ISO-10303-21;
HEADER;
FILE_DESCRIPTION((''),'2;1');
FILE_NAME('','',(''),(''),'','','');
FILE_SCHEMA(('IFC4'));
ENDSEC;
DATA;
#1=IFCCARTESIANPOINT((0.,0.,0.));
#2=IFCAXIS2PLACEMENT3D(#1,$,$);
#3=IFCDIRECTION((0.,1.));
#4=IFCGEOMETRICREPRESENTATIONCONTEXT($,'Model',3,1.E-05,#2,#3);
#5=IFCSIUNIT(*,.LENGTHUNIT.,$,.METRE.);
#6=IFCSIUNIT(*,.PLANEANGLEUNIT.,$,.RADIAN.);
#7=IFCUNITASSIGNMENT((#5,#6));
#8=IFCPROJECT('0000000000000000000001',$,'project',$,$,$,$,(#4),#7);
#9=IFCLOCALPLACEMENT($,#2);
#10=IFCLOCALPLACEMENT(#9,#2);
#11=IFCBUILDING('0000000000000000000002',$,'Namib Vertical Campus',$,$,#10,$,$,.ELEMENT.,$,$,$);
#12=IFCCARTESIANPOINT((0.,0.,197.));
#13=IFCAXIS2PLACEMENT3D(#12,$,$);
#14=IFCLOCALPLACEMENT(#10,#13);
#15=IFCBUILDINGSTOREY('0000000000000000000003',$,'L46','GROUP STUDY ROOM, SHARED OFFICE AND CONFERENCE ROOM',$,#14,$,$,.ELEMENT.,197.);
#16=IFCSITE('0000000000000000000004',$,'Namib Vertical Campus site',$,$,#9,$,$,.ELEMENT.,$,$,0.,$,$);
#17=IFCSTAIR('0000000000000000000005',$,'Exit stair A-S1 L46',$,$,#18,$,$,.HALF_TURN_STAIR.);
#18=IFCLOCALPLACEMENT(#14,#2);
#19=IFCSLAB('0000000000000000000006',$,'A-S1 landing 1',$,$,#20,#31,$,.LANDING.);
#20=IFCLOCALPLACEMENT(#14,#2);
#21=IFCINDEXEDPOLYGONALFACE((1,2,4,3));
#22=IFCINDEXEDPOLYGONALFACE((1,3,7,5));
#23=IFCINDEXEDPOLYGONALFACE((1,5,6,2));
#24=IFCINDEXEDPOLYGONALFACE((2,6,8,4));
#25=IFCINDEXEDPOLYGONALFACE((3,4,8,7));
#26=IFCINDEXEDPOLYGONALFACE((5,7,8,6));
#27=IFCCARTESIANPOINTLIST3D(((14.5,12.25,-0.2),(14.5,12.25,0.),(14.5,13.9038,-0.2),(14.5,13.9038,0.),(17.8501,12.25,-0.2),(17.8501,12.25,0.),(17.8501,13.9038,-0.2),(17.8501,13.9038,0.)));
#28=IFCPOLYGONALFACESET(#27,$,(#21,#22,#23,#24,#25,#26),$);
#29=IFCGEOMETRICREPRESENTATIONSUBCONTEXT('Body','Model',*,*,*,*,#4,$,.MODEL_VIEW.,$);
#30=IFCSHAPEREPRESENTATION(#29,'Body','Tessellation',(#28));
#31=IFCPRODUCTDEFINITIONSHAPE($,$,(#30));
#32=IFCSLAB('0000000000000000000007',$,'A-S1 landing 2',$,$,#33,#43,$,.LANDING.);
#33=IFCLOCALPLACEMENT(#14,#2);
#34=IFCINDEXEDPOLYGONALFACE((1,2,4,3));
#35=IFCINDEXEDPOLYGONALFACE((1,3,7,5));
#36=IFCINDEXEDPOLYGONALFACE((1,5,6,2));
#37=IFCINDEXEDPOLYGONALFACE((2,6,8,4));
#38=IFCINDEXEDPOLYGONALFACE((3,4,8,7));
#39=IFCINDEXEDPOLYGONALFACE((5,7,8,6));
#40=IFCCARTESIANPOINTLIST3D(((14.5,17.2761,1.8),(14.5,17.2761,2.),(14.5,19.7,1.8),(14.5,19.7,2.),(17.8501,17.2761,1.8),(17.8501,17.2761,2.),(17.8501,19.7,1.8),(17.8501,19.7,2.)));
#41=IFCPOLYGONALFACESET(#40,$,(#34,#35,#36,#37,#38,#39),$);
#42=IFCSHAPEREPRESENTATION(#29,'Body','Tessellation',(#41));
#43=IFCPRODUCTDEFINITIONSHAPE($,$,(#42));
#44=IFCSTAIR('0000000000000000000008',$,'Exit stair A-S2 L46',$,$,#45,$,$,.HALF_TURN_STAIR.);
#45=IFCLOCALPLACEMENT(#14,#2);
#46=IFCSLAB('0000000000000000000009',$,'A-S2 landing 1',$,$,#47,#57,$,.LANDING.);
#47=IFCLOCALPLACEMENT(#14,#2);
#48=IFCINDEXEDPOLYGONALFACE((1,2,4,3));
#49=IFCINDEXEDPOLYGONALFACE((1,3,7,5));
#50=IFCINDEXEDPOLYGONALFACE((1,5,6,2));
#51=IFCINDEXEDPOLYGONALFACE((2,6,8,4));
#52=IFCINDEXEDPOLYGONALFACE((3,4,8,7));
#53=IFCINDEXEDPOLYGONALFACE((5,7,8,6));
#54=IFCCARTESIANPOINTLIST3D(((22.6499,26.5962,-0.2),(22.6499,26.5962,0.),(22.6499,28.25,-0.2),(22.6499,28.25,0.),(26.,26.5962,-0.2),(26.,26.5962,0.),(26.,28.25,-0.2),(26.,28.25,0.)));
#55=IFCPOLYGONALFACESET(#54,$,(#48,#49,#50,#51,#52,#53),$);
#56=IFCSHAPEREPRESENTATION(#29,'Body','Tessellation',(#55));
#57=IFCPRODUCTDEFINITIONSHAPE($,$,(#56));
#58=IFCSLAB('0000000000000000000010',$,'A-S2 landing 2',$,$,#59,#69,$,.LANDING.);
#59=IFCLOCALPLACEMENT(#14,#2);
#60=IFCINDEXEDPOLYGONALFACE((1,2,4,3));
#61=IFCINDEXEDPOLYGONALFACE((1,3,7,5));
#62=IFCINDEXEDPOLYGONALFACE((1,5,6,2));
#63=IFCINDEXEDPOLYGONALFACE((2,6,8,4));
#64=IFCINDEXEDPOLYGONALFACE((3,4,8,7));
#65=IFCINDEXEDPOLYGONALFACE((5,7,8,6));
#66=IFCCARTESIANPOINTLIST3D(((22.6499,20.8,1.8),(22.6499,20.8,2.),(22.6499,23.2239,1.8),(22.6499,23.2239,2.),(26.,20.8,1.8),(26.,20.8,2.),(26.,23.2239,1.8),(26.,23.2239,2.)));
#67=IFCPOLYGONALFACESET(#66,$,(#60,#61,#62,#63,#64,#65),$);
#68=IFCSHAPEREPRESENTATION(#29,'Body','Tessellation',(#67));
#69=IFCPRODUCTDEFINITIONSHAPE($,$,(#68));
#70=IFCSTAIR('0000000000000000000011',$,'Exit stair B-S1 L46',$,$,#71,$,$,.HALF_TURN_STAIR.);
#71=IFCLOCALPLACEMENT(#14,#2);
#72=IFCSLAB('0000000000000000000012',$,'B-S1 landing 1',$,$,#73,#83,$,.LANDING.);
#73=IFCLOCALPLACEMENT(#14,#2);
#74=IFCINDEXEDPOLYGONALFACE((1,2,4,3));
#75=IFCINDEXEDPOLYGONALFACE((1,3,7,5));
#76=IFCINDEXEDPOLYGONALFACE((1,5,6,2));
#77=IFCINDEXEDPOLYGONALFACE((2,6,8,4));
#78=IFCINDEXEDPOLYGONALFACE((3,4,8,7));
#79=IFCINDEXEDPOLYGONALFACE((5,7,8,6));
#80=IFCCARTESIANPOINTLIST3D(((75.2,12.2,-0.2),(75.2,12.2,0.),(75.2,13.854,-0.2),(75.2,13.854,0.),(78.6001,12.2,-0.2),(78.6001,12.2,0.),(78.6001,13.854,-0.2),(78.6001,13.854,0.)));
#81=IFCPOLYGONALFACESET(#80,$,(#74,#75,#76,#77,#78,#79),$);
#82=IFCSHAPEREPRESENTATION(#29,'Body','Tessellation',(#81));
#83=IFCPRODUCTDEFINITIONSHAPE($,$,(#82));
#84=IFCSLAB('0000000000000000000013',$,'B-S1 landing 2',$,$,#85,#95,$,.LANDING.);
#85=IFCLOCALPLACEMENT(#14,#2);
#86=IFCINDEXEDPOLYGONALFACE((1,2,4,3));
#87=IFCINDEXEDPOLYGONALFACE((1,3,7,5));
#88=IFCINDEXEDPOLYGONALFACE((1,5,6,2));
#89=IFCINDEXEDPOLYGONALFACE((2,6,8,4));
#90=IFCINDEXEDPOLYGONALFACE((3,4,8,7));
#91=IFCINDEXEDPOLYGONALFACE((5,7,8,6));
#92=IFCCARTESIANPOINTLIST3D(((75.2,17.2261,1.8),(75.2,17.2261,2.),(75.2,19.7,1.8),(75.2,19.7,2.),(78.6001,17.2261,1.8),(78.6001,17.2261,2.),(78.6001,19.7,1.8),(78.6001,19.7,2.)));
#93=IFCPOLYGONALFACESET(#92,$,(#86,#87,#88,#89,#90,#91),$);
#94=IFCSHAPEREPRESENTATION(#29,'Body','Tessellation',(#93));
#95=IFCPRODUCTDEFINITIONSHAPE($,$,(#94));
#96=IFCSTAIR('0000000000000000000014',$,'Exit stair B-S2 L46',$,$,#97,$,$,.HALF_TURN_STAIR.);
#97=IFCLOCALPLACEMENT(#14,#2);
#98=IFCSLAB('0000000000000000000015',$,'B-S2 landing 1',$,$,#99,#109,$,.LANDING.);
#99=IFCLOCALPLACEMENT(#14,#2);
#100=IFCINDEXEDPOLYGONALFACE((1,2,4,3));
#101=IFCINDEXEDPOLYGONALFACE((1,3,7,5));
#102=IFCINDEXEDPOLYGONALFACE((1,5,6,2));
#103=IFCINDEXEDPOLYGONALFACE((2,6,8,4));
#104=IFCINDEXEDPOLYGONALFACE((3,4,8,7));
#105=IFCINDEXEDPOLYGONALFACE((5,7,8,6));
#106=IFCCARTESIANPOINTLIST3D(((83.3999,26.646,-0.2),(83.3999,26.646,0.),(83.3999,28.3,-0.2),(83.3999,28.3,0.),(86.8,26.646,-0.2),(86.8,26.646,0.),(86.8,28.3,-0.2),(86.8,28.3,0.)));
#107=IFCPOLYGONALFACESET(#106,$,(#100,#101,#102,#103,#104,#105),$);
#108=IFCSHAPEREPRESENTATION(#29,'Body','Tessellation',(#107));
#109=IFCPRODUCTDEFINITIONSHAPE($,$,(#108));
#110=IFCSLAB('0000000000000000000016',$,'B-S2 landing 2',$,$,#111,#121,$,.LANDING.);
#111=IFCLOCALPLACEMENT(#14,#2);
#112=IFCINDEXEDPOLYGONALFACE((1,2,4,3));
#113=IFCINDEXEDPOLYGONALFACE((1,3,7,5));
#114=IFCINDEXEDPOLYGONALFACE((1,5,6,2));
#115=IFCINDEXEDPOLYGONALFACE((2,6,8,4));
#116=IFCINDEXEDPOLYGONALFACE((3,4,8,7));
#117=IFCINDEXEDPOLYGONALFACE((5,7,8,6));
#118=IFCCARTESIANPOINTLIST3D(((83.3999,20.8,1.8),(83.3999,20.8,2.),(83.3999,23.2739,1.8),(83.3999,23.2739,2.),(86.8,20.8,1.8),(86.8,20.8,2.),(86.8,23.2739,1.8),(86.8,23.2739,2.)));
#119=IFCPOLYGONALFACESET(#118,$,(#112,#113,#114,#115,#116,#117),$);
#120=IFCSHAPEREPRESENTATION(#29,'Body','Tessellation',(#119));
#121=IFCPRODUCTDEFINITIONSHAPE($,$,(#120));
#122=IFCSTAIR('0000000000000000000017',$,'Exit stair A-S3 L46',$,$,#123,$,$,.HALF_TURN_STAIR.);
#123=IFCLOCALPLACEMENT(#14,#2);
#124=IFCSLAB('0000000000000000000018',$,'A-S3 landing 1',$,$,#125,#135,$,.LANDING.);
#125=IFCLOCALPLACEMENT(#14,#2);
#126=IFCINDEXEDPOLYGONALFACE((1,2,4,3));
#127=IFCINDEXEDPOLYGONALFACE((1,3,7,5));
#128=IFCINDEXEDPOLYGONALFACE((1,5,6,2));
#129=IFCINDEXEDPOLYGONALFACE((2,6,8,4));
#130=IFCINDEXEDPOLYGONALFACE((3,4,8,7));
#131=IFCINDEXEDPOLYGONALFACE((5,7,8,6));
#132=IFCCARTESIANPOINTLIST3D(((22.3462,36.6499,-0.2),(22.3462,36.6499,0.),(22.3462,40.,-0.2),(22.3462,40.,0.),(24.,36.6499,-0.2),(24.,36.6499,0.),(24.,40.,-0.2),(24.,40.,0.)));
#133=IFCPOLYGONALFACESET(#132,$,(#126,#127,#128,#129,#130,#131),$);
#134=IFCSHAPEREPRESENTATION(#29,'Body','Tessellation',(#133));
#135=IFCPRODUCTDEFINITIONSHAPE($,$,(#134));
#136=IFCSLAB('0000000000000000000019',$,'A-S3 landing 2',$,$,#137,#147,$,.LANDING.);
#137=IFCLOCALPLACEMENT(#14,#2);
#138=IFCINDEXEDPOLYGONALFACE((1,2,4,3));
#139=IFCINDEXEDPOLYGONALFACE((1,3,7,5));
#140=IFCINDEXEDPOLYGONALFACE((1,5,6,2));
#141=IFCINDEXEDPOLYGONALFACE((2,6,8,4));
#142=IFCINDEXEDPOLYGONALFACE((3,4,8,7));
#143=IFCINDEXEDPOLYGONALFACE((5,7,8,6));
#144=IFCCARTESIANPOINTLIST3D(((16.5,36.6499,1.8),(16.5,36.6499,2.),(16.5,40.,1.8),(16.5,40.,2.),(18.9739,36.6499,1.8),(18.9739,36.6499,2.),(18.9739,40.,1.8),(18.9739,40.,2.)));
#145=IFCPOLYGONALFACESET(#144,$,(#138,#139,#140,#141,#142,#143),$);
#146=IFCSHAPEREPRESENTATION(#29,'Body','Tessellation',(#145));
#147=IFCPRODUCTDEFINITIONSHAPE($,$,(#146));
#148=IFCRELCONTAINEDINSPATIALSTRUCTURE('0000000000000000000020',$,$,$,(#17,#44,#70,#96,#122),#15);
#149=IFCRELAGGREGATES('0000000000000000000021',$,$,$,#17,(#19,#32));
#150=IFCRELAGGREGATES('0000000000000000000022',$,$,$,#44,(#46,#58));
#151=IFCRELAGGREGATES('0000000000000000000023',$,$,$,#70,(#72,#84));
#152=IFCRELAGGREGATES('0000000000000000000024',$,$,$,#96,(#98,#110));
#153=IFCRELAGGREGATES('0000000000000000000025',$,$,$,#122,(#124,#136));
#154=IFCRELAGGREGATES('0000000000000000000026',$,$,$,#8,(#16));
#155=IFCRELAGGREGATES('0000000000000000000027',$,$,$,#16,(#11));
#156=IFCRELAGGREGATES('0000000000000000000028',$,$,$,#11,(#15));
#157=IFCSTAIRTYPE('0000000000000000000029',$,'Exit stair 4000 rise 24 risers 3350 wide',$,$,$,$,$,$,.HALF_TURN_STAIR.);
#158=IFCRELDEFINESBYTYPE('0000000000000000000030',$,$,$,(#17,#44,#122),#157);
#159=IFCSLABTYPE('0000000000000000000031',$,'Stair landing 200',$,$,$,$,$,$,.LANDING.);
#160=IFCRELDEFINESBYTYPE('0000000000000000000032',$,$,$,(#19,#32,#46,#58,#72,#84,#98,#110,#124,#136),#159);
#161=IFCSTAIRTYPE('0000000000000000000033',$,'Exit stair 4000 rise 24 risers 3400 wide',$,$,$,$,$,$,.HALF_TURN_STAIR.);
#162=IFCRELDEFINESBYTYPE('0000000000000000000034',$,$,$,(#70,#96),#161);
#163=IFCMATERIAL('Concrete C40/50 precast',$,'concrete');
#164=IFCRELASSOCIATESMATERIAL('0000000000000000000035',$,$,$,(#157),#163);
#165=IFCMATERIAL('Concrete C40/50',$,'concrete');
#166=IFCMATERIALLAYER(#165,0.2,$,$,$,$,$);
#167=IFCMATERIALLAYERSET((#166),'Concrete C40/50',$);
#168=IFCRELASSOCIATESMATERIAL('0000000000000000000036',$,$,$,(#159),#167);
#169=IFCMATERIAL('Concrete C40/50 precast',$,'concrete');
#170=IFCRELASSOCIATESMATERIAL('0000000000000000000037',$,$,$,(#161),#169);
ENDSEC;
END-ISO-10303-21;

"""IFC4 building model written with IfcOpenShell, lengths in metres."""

from ifc_helpers import new_model, si_unit, direction, frame, origin, place, context, subcontext, project, spatial, polyline, outline, extrude, material, layer, layer_set, type_object, element, aggregate, save


model = new_model("IFC4")

# Units and contexts
model_context = context("Model", 3, precision=1e-05, world=origin(), true_north=direction((0.0, 1.0)))
body_context = subcontext(model_context, "Body", "Model", "MODEL_VIEW")
ifc_project = project(units=[si_unit("LENGTHUNIT", "METRE"), si_unit("PLANEANGLEUNIT", "RADIAN")], contexts=[model_context])

# Site, building, storey
site_placement = place(None, origin())
site = spatial("IfcSite", under=ifc_project, at=site_placement, Name="Namib Vertical Campus site", CompositionType="ELEMENT", RefElevation=0.0)
building_placement = place(site_placement, origin())
building = spatial("IfcBuilding", under=site, at=building_placement, Name="Namib Vertical Campus", CompositionType="ELEMENT")
storey_placement = place(building_placement, frame((0.0, 0.0, 197.0)))
storey = spatial("IfcBuildingStorey", under=building, at=storey_placement, Name="L46", Description="GROUP STUDY ROOM, SHARED OFFICE AND CONFERENCE ROOM", CompositionType="ELEMENT", Elevation=197.0)

# Stairs, slabs
ifc_material_1 = material(Name="Concrete C40/50 precast", Category="concrete")
stair_type_1 = type_object("IfcStairType", Name="Exit stair 4000 rise 24 risers 3350 wide", PredefinedType="HALF_TURN_STAIR", material=ifc_material_1)
stair_1_placement = place(storey_placement, origin())
stair_1 = element("IfcStair", 1, at=stair_1_placement, inside=storey, type_object=stair_type_1, Name="Exit stair A-S1 L46", PredefinedType="HALF_TURN_STAIR")
ifc_material_2 = material(Name="Concrete C40/50", Category="concrete")
ifc_layer_1 = layer(ifc_material_2, 0.2)
ifc_layer_set_1 = layer_set([ifc_layer_1], Name="Concrete C40/50")
slab_type_1 = type_object("IfcSlabType", Name="Stair landing 200", PredefinedType="LANDING", material=ifc_layer_set_1)
slab_1_placement = place(storey_placement, frame((0.0, 0.0, -0.2)))
slab_1 = element("IfcSlab", 2, at=slab_1_placement, type_object=slab_type_1, Name="A-S1 landing 1", PredefinedType="LANDING", context=body_context, shape_type="SweptSolid", body=[
    extrude(outline(polyline([(14.5, 12.25), (17.8501, 12.25), (17.8501, 13.9038), (14.5, 13.9038), (14.5, 12.25)])), origin(), (0.0, 0.0, 1.0), 0.2),
])
slab_2_placement = place(storey_placement, frame((0.0, 0.0, 1.8)))
slab_2 = element("IfcSlab", 3, at=slab_2_placement, type_object=slab_type_1, Name="A-S1 landing 2", PredefinedType="LANDING", context=body_context, shape_type="SweptSolid", body=[
    extrude(outline(polyline([(14.5, 17.2761), (17.8501, 17.2761), (17.8501, 19.7), (14.5, 19.7), (14.5, 17.2761)])), origin(), (0.0, 0.0, 1.0), 0.2),
])
aggregate(stair_1, [slab_1, slab_2])
stair_2_placement = place(storey_placement, origin())
stair_2 = element("IfcStair", 4, at=stair_2_placement, inside=storey, type_object=stair_type_1, Name="Exit stair A-S2 L46", PredefinedType="HALF_TURN_STAIR")
slab_3_placement = place(storey_placement, frame((0.0, 0.0, -0.2)))
slab_3 = element("IfcSlab", 5, at=slab_3_placement, type_object=slab_type_1, Name="A-S2 landing 1", PredefinedType="LANDING", context=body_context, shape_type="SweptSolid", body=[
    extrude(outline(polyline([(22.6499, 26.5962), (26.0, 26.5962), (26.0, 28.25), (22.6499, 28.25), (22.6499, 26.5962)])), origin(), (0.0, 0.0, 1.0), 0.2),
])
slab_4_placement = place(storey_placement, frame((0.0, 0.0, 1.8)))
slab_4 = element("IfcSlab", 6, at=slab_4_placement, type_object=slab_type_1, Name="A-S2 landing 2", PredefinedType="LANDING", context=body_context, shape_type="SweptSolid", body=[
    extrude(outline(polyline([(22.6499, 20.8), (26.0, 20.8), (26.0, 23.2239), (22.6499, 23.2239), (22.6499, 20.8)])), origin(), (0.0, 0.0, 1.0), 0.2),
])
aggregate(stair_2, [slab_3, slab_4])
ifc_material_3 = material(Name="Concrete C40/50 precast", Category="concrete")
stair_type_2 = type_object("IfcStairType", Name="Exit stair 4000 rise 24 risers 3400 wide", PredefinedType="HALF_TURN_STAIR", material=ifc_material_3)
stair_3_placement = place(storey_placement, origin())
stair_3 = element("IfcStair", 7, at=stair_3_placement, inside=storey, type_object=stair_type_2, Name="Exit stair B-S1 L46", PredefinedType="HALF_TURN_STAIR")
slab_5_placement = place(storey_placement, frame((0.0, 0.0, -0.2)))
slab_5 = element("IfcSlab", 8, at=slab_5_placement, type_object=slab_type_1, Name="B-S1 landing 1", PredefinedType="LANDING", context=body_context, shape_type="SweptSolid", body=[
    extrude(outline(polyline([(75.2, 12.2), (78.6001, 12.2), (78.6001, 13.854), (75.2, 13.854), (75.2, 12.2)])), origin(), (0.0, 0.0, 1.0), 0.2),
])
slab_6_placement = place(storey_placement, frame((0.0, 0.0, 1.8)))
slab_6 = element("IfcSlab", 9, at=slab_6_placement, type_object=slab_type_1, Name="B-S1 landing 2", PredefinedType="LANDING", context=body_context, shape_type="SweptSolid", body=[
    extrude(outline(polyline([(75.2, 17.2261), (78.6001, 17.2261), (78.6001, 19.7), (75.2, 19.7), (75.2, 17.2261)])), origin(), (0.0, 0.0, 1.0), 0.2),
])
aggregate(stair_3, [slab_5, slab_6])
stair_4_placement = place(storey_placement, origin())
stair_4 = element("IfcStair", 10, at=stair_4_placement, inside=storey, type_object=stair_type_2, Name="Exit stair B-S2 L46", PredefinedType="HALF_TURN_STAIR")
slab_7_placement = place(storey_placement, frame((0.0, 0.0, -0.2)))
slab_7 = element("IfcSlab", 11, at=slab_7_placement, type_object=slab_type_1, Name="B-S2 landing 1", PredefinedType="LANDING", context=body_context, shape_type="SweptSolid", body=[
    extrude(outline(polyline([(83.3999, 26.646), (86.8, 26.646), (86.8, 28.3), (83.3999, 28.3), (83.3999, 26.646)])), origin(), (0.0, 0.0, 1.0), 0.2),
])
slab_8_placement = place(storey_placement, frame((0.0, 0.0, 1.8)))
slab_8 = element("IfcSlab", 12, at=slab_8_placement, type_object=slab_type_1, Name="B-S2 landing 2", PredefinedType="LANDING", context=body_context, shape_type="SweptSolid", body=[
    extrude(outline(polyline([(83.3999, 20.8), (86.8, 20.8), (86.8, 23.2739), (83.3999, 23.2739), (83.3999, 20.8)])), origin(), (0.0, 0.0, 1.0), 0.2),
])
aggregate(stair_4, [slab_7, slab_8])
stair_5_placement = place(storey_placement, origin())
stair_5 = element("IfcStair", 13, at=stair_5_placement, inside=storey, type_object=stair_type_1, Name="Exit stair A-S3 L46", PredefinedType="HALF_TURN_STAIR")
slab_9_placement = place(storey_placement, frame((0.0, 0.0, -0.2)))
slab_9 = element("IfcSlab", 14, at=slab_9_placement, type_object=slab_type_1, Name="A-S3 landing 1", PredefinedType="LANDING", context=body_context, shape_type="SweptSolid", body=[
    extrude(outline(polyline([(22.3462, 36.6499), (22.3462, 40.0), (24.0, 40.0), (24.0, 36.6499), (22.3462, 36.6499)])), origin(), (0.0, 0.0, 1.0), 0.2),
])
slab_10_placement = place(storey_placement, frame((0.0, 0.0, 1.8)))
slab_10 = element("IfcSlab", 15, at=slab_10_placement, type_object=slab_type_1, Name="A-S3 landing 2", PredefinedType="LANDING", context=body_context, shape_type="SweptSolid", body=[
    extrude(outline(polyline([(16.5, 36.6499), (16.5, 40.0), (18.9739, 40.0), (18.9739, 36.6499), (16.5, 36.6499)])), origin(), (0.0, 0.0, 1.0), 0.2),
])
aggregate(stair_5, [slab_9, slab_10])

save(model, "model.ifc")
